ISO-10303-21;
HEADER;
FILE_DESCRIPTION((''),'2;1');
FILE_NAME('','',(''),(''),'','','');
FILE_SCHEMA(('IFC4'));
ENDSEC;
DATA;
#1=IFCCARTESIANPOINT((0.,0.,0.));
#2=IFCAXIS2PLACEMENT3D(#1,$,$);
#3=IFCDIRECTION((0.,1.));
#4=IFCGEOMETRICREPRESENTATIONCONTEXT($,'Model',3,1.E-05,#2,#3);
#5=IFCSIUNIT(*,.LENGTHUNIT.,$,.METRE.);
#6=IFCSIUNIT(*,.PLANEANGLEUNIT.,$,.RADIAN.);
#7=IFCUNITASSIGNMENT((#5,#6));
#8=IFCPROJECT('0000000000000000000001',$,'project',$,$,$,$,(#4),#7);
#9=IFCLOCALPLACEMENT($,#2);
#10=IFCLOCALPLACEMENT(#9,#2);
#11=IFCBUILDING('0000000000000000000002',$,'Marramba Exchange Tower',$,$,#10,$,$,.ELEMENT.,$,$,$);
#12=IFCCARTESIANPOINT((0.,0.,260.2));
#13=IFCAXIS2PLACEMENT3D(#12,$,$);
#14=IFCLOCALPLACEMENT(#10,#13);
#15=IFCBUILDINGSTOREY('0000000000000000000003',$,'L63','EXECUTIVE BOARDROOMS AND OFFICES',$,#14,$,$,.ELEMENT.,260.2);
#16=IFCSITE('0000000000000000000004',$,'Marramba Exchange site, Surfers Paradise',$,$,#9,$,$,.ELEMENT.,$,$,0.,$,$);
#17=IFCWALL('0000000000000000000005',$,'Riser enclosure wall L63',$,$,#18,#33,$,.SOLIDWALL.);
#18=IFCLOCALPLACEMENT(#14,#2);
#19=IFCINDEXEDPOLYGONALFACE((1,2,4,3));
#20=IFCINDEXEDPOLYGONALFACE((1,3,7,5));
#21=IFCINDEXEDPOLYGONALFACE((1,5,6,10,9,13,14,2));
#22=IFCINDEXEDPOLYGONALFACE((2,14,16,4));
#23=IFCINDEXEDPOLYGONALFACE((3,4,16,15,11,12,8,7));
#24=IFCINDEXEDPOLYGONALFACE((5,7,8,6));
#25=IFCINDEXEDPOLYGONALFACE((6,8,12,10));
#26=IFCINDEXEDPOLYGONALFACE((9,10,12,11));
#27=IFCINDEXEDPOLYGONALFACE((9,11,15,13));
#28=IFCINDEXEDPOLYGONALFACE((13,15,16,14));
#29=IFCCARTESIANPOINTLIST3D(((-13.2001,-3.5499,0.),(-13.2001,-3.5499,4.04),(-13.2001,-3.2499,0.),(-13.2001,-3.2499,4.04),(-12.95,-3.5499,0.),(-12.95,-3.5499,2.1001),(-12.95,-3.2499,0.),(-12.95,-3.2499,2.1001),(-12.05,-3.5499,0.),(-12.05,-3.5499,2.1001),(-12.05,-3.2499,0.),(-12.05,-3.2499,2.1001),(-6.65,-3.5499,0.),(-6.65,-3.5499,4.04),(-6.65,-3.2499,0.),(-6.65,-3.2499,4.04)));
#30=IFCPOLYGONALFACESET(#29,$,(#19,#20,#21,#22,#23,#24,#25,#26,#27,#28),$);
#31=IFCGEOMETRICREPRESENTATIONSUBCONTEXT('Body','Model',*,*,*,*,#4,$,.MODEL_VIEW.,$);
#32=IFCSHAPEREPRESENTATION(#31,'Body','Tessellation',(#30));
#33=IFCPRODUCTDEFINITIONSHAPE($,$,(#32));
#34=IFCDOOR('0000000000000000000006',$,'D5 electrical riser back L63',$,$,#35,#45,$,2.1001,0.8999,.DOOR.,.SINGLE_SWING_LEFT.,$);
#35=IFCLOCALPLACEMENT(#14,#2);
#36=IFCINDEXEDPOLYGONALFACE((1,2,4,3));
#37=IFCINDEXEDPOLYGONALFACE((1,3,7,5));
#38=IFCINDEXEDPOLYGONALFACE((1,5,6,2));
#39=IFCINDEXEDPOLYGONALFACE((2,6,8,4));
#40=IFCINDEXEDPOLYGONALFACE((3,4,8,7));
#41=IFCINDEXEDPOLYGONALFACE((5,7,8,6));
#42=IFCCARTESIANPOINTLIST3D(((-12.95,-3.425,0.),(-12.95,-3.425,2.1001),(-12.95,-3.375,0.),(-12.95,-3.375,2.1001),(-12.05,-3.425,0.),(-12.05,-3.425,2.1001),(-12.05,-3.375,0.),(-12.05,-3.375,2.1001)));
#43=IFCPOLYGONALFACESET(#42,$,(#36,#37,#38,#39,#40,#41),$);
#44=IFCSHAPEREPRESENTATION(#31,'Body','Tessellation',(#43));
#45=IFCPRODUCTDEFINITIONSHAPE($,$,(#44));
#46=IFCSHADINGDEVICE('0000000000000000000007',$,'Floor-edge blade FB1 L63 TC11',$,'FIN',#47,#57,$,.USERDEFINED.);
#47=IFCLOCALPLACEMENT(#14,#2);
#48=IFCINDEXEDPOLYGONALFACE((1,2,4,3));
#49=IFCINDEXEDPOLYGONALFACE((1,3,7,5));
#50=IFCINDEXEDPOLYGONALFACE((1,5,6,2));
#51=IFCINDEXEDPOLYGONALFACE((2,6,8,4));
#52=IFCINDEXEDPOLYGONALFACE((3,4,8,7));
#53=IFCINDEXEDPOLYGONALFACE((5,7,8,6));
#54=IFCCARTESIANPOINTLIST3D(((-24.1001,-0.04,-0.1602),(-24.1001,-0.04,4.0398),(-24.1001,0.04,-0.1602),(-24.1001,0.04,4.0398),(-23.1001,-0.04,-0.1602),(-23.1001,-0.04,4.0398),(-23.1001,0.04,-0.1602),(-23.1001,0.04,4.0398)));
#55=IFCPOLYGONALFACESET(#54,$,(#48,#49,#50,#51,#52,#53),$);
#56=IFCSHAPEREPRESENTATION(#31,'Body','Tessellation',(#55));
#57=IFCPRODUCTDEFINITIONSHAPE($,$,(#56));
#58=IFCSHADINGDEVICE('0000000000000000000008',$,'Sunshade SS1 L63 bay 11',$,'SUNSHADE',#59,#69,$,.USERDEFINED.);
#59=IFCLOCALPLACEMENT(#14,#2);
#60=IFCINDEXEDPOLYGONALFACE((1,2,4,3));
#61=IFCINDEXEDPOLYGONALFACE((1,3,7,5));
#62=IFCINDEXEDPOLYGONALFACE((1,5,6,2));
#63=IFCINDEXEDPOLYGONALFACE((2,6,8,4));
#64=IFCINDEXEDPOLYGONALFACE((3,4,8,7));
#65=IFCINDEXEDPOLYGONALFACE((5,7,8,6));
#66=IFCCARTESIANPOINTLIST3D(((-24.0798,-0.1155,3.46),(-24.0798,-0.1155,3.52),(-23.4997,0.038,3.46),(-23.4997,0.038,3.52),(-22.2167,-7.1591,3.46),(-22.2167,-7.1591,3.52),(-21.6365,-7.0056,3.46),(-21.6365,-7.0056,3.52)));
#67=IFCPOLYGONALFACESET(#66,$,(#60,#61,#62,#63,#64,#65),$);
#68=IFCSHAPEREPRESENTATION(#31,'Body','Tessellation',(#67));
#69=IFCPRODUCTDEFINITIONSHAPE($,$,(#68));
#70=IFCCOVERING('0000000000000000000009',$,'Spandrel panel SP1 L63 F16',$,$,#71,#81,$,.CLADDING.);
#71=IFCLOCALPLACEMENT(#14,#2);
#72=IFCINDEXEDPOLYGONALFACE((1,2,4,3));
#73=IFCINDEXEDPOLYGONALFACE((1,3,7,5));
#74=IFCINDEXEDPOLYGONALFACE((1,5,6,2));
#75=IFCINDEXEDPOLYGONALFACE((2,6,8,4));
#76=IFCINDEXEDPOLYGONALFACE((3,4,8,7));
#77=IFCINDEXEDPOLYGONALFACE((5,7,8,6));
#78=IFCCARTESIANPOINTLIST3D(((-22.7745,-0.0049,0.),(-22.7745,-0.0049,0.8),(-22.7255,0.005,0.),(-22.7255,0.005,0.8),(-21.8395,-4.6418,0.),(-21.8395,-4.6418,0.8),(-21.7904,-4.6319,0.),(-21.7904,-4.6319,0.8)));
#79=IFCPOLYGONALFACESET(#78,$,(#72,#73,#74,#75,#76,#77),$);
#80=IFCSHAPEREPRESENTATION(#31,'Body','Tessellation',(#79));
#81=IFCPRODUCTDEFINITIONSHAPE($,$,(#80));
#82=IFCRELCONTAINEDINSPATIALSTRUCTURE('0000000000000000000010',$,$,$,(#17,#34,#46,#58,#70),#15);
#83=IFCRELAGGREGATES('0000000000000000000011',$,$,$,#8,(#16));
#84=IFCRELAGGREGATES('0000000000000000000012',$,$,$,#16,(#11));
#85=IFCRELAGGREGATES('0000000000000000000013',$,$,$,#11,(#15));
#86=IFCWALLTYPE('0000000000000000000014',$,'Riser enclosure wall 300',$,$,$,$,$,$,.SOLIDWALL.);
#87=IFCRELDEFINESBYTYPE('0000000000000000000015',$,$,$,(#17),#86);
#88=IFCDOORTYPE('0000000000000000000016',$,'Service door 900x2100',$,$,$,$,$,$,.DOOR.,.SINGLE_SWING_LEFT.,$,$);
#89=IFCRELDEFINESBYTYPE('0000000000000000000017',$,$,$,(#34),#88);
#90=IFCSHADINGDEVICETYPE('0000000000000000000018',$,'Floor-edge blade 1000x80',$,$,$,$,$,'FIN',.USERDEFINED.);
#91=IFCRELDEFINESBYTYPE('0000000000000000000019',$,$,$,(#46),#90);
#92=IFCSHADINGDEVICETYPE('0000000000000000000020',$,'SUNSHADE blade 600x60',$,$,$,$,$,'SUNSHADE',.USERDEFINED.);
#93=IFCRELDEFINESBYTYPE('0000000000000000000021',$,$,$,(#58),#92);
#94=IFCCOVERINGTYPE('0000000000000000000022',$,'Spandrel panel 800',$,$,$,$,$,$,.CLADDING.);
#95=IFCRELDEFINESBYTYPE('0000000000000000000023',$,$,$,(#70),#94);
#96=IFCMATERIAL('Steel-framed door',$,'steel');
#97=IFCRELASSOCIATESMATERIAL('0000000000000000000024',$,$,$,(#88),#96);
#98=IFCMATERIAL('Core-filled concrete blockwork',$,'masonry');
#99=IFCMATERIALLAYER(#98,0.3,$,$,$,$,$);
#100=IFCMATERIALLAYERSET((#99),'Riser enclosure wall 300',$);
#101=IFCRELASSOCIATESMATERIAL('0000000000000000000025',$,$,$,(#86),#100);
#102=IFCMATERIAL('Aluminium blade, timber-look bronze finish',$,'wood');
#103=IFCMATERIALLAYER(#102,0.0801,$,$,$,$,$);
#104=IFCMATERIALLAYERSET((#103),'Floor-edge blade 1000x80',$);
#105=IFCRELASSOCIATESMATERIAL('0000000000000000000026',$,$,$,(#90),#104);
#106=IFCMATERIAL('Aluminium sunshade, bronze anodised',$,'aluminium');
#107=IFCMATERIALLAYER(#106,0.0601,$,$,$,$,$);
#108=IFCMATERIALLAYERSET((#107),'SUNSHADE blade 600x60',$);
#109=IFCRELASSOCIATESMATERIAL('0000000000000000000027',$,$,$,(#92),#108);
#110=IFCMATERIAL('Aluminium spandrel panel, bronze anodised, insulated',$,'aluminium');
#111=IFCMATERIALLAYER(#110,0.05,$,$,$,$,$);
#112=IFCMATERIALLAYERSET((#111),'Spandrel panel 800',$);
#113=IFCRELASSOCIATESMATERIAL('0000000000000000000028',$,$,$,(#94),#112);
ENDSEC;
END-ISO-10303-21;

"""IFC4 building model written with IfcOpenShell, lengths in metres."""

from ifc_helpers import new_model, si_unit, direction, frame, frame_2d, origin, origin_2d, place, context, subcontext, project, spatial, rectangle, extrude, material, layer, layer_set, type_object, element, fill, save


model = new_model("IFC4")

# Units and contexts
model_context = context("Model", 3, precision=1e-05, world=origin(), true_north=direction((0.0, 1.0)))
body_context = subcontext(model_context, "Body", "Model", "MODEL_VIEW")
ifc_project = project(units=[si_unit("LENGTHUNIT", "METRE"), si_unit("PLANEANGLEUNIT", "RADIAN")], contexts=[model_context])

# Site, building, storey
site_placement = place(None, origin())
site = spatial("IfcSite", under=ifc_project, at=site_placement, Name="Marramba Exchange site, Surfers Paradise", CompositionType="ELEMENT", RefElevation=0.0)
building_placement = place(site_placement, origin())
building = spatial("IfcBuilding", under=site, at=building_placement, Name="Marramba Exchange Tower", CompositionType="ELEMENT")
storey_placement = place(building_placement, frame((0.0, 0.0, 260.2)))
storey = spatial("IfcBuildingStorey", under=building, at=storey_placement, Name="L63", Description="EXECUTIVE BOARDROOMS AND OFFICES", CompositionType="ELEMENT", Elevation=260.2)

# Shared definitions
ifc_material_1 = material(Name="Steel-framed door", Category="steel")
door_type_1 = type_object("IfcDoorType", Name="Service door 900x2100", OperationType="SINGLE_SWING_LEFT", PredefinedType="DOOR", material=ifc_material_1)

# Wall, opening, door
ifc_material_2 = material(Name="Core-filled concrete blockwork", Category="masonry")
ifc_layer_1 = layer(ifc_material_2, 0.3)
ifc_layer_set_1 = layer_set([ifc_layer_1], Name="Riser enclosure wall 300")
wall_type_1 = type_object("IfcWallType", Name="Riser enclosure wall 300", PredefinedType="SOLIDWALL", material=ifc_layer_set_1)
wall_1_placement = place(storey_placement, frame((-13.2, -3.3999, 0.0), z_axis=(0.0, 0.0, 1.0), x_axis=(1.0, 0.0, 0.0)))
wall_1 = element("IfcWall", 1, at=wall_1_placement, inside=storey, type_object=wall_type_1, Name="Riser enclosure wall L63", PredefinedType="SOLIDWALL", context=body_context, shape_type="SweptSolid", body=[
    extrude(rectangle(XDim=6.55, YDim=0.3, at=frame_2d((3.2749, 0.0))), origin(), (0.0, 0.0, 1.0), 4.04),
])
opening_1_placement = place(wall_1_placement, frame((0.25, 0.0, 0.0)))
opening_1 = element("IfcOpeningElement", 2, at=opening_1_placement, cuts=wall_1, PredefinedType="OPENING", context=body_context, shape_type="SweptSolid", body=[
    extrude(rectangle(XDim=0.8999, YDim=2.1001, at=frame_2d((0.45, 1.05))), frame((0.0, 0.1599, 0.0), z_axis=(0.0, -1.0, 0.0), x_axis=(1.0, 0.0, 0.0)), (0.0, 0.0, 1.0), 0.3201),
])
door_1_placement = place(opening_1_placement, origin())
door_1 = element("IfcDoor", 3, at=door_1_placement, inside=storey, type_object=door_type_1, Name="D5 electrical riser back L63", OperationType="SINGLE_SWING_LEFT", OverallHeight=2.1001, OverallWidth=0.8999, PredefinedType="DOOR", context=body_context, shape_type="SweptSolid", body=[
    extrude(rectangle(XDim=0.8999, YDim=2.1001, at=frame_2d((0.45, 1.05))), frame((0.0, 0.0249, 0.0), z_axis=(0.0, -1.0, 0.0), x_axis=(1.0, 0.0, 0.0)), (0.0, 0.0, 1.0), 0.05),
])
fill(opening_1, door_1)

# Shading devices
ifc_material_3 = material(Name="Aluminium blade, timber-look bronze finish", Category="wood")
ifc_layer_2 = layer(ifc_material_3, 0.0801)
ifc_layer_set_2 = layer_set([ifc_layer_2], Name="Floor-edge blade 1000x80")
shading_device_type_1 = type_object("IfcShadingDeviceType", Name="Floor-edge blade 1000x80", ElementType="FIN", PredefinedType="USERDEFINED", material=ifc_layer_set_2)
shading_device_1_placement = place(storey_placement, frame((-23.6001, 0.0, -0.1602), z_axis=(0.0, 0.0, 1.0), x_axis=(-1.0, 0.0, 0.0)))
element("IfcShadingDevice", 4, at=shading_device_1_placement, inside=storey, type_object=shading_device_type_1, Name="Floor-edge blade FB1 L63 TC11", ObjectType="FIN", PredefinedType="USERDEFINED", context=body_context, shape_type="SweptSolid", body=[
    extrude(rectangle(XDim=1.0, YDim=0.0801, at=origin_2d()), origin(), (0.0, 0.0, 1.0), 4.2),
])
ifc_material_4 = material(Name="Aluminium sunshade, bronze anodised", Category="aluminium")
ifc_layer_3 = layer(ifc_material_4, 0.0601)
ifc_layer_set_3 = layer_set([ifc_layer_3], Name="SUNSHADE blade 600x60")
shading_device_type_2 = type_object("IfcShadingDeviceType", Name="SUNSHADE blade 600x60", ElementType="SUNSHADE", PredefinedType="USERDEFINED", material=ifc_layer_set_3)
shading_device_2_placement = place(storey_placement, frame((-22.8582, -3.5605, 3.46), z_axis=(0.0, 0.0, 1.0), x_axis=(0.255719, -0.966751, 0.0)))
element("IfcShadingDevice", 5, at=shading_device_2_placement, inside=storey, type_object=shading_device_type_2, Name="Sunshade SS1 L63 bay 11", ObjectType="SUNSHADE", PredefinedType="USERDEFINED", context=body_context, shape_type="SweptSolid", body=[
    extrude(rectangle(XDim=7.2859, YDim=0.6001, at=origin_2d()), origin(), (0.0, 0.0, 1.0), 0.0601),
])

# Covering
ifc_material_5 = material(Name="Aluminium spandrel panel, bronze anodised, insulated", Category="aluminium")
ifc_layer_4 = layer(ifc_material_5, 0.05)
ifc_layer_set_4 = layer_set([ifc_layer_4], Name="Spandrel panel 800")
covering_type = type_object("IfcCoveringType", Name="Spandrel panel 800", PredefinedType="CLADDING", material=ifc_layer_set_4)
covering_placement = place(storey_placement, frame((-22.2825, -2.3184, 0.0), z_axis=(0.0, 0.0, 1.0), x_axis=(0.197671, -0.980269, 0.0)))
element("IfcCovering", 6, at=covering_placement, inside=storey, type_object=covering_type, Name="Spandrel panel SP1 L63 F16", PredefinedType="CLADDING", context=body_context, shape_type="SweptSolid", body=[
    extrude(rectangle(XDim=4.7302, YDim=0.05, at=origin_2d()), origin(), (0.0, 0.0, 1.0), 0.8),
])

save(model, "model.ifc")
